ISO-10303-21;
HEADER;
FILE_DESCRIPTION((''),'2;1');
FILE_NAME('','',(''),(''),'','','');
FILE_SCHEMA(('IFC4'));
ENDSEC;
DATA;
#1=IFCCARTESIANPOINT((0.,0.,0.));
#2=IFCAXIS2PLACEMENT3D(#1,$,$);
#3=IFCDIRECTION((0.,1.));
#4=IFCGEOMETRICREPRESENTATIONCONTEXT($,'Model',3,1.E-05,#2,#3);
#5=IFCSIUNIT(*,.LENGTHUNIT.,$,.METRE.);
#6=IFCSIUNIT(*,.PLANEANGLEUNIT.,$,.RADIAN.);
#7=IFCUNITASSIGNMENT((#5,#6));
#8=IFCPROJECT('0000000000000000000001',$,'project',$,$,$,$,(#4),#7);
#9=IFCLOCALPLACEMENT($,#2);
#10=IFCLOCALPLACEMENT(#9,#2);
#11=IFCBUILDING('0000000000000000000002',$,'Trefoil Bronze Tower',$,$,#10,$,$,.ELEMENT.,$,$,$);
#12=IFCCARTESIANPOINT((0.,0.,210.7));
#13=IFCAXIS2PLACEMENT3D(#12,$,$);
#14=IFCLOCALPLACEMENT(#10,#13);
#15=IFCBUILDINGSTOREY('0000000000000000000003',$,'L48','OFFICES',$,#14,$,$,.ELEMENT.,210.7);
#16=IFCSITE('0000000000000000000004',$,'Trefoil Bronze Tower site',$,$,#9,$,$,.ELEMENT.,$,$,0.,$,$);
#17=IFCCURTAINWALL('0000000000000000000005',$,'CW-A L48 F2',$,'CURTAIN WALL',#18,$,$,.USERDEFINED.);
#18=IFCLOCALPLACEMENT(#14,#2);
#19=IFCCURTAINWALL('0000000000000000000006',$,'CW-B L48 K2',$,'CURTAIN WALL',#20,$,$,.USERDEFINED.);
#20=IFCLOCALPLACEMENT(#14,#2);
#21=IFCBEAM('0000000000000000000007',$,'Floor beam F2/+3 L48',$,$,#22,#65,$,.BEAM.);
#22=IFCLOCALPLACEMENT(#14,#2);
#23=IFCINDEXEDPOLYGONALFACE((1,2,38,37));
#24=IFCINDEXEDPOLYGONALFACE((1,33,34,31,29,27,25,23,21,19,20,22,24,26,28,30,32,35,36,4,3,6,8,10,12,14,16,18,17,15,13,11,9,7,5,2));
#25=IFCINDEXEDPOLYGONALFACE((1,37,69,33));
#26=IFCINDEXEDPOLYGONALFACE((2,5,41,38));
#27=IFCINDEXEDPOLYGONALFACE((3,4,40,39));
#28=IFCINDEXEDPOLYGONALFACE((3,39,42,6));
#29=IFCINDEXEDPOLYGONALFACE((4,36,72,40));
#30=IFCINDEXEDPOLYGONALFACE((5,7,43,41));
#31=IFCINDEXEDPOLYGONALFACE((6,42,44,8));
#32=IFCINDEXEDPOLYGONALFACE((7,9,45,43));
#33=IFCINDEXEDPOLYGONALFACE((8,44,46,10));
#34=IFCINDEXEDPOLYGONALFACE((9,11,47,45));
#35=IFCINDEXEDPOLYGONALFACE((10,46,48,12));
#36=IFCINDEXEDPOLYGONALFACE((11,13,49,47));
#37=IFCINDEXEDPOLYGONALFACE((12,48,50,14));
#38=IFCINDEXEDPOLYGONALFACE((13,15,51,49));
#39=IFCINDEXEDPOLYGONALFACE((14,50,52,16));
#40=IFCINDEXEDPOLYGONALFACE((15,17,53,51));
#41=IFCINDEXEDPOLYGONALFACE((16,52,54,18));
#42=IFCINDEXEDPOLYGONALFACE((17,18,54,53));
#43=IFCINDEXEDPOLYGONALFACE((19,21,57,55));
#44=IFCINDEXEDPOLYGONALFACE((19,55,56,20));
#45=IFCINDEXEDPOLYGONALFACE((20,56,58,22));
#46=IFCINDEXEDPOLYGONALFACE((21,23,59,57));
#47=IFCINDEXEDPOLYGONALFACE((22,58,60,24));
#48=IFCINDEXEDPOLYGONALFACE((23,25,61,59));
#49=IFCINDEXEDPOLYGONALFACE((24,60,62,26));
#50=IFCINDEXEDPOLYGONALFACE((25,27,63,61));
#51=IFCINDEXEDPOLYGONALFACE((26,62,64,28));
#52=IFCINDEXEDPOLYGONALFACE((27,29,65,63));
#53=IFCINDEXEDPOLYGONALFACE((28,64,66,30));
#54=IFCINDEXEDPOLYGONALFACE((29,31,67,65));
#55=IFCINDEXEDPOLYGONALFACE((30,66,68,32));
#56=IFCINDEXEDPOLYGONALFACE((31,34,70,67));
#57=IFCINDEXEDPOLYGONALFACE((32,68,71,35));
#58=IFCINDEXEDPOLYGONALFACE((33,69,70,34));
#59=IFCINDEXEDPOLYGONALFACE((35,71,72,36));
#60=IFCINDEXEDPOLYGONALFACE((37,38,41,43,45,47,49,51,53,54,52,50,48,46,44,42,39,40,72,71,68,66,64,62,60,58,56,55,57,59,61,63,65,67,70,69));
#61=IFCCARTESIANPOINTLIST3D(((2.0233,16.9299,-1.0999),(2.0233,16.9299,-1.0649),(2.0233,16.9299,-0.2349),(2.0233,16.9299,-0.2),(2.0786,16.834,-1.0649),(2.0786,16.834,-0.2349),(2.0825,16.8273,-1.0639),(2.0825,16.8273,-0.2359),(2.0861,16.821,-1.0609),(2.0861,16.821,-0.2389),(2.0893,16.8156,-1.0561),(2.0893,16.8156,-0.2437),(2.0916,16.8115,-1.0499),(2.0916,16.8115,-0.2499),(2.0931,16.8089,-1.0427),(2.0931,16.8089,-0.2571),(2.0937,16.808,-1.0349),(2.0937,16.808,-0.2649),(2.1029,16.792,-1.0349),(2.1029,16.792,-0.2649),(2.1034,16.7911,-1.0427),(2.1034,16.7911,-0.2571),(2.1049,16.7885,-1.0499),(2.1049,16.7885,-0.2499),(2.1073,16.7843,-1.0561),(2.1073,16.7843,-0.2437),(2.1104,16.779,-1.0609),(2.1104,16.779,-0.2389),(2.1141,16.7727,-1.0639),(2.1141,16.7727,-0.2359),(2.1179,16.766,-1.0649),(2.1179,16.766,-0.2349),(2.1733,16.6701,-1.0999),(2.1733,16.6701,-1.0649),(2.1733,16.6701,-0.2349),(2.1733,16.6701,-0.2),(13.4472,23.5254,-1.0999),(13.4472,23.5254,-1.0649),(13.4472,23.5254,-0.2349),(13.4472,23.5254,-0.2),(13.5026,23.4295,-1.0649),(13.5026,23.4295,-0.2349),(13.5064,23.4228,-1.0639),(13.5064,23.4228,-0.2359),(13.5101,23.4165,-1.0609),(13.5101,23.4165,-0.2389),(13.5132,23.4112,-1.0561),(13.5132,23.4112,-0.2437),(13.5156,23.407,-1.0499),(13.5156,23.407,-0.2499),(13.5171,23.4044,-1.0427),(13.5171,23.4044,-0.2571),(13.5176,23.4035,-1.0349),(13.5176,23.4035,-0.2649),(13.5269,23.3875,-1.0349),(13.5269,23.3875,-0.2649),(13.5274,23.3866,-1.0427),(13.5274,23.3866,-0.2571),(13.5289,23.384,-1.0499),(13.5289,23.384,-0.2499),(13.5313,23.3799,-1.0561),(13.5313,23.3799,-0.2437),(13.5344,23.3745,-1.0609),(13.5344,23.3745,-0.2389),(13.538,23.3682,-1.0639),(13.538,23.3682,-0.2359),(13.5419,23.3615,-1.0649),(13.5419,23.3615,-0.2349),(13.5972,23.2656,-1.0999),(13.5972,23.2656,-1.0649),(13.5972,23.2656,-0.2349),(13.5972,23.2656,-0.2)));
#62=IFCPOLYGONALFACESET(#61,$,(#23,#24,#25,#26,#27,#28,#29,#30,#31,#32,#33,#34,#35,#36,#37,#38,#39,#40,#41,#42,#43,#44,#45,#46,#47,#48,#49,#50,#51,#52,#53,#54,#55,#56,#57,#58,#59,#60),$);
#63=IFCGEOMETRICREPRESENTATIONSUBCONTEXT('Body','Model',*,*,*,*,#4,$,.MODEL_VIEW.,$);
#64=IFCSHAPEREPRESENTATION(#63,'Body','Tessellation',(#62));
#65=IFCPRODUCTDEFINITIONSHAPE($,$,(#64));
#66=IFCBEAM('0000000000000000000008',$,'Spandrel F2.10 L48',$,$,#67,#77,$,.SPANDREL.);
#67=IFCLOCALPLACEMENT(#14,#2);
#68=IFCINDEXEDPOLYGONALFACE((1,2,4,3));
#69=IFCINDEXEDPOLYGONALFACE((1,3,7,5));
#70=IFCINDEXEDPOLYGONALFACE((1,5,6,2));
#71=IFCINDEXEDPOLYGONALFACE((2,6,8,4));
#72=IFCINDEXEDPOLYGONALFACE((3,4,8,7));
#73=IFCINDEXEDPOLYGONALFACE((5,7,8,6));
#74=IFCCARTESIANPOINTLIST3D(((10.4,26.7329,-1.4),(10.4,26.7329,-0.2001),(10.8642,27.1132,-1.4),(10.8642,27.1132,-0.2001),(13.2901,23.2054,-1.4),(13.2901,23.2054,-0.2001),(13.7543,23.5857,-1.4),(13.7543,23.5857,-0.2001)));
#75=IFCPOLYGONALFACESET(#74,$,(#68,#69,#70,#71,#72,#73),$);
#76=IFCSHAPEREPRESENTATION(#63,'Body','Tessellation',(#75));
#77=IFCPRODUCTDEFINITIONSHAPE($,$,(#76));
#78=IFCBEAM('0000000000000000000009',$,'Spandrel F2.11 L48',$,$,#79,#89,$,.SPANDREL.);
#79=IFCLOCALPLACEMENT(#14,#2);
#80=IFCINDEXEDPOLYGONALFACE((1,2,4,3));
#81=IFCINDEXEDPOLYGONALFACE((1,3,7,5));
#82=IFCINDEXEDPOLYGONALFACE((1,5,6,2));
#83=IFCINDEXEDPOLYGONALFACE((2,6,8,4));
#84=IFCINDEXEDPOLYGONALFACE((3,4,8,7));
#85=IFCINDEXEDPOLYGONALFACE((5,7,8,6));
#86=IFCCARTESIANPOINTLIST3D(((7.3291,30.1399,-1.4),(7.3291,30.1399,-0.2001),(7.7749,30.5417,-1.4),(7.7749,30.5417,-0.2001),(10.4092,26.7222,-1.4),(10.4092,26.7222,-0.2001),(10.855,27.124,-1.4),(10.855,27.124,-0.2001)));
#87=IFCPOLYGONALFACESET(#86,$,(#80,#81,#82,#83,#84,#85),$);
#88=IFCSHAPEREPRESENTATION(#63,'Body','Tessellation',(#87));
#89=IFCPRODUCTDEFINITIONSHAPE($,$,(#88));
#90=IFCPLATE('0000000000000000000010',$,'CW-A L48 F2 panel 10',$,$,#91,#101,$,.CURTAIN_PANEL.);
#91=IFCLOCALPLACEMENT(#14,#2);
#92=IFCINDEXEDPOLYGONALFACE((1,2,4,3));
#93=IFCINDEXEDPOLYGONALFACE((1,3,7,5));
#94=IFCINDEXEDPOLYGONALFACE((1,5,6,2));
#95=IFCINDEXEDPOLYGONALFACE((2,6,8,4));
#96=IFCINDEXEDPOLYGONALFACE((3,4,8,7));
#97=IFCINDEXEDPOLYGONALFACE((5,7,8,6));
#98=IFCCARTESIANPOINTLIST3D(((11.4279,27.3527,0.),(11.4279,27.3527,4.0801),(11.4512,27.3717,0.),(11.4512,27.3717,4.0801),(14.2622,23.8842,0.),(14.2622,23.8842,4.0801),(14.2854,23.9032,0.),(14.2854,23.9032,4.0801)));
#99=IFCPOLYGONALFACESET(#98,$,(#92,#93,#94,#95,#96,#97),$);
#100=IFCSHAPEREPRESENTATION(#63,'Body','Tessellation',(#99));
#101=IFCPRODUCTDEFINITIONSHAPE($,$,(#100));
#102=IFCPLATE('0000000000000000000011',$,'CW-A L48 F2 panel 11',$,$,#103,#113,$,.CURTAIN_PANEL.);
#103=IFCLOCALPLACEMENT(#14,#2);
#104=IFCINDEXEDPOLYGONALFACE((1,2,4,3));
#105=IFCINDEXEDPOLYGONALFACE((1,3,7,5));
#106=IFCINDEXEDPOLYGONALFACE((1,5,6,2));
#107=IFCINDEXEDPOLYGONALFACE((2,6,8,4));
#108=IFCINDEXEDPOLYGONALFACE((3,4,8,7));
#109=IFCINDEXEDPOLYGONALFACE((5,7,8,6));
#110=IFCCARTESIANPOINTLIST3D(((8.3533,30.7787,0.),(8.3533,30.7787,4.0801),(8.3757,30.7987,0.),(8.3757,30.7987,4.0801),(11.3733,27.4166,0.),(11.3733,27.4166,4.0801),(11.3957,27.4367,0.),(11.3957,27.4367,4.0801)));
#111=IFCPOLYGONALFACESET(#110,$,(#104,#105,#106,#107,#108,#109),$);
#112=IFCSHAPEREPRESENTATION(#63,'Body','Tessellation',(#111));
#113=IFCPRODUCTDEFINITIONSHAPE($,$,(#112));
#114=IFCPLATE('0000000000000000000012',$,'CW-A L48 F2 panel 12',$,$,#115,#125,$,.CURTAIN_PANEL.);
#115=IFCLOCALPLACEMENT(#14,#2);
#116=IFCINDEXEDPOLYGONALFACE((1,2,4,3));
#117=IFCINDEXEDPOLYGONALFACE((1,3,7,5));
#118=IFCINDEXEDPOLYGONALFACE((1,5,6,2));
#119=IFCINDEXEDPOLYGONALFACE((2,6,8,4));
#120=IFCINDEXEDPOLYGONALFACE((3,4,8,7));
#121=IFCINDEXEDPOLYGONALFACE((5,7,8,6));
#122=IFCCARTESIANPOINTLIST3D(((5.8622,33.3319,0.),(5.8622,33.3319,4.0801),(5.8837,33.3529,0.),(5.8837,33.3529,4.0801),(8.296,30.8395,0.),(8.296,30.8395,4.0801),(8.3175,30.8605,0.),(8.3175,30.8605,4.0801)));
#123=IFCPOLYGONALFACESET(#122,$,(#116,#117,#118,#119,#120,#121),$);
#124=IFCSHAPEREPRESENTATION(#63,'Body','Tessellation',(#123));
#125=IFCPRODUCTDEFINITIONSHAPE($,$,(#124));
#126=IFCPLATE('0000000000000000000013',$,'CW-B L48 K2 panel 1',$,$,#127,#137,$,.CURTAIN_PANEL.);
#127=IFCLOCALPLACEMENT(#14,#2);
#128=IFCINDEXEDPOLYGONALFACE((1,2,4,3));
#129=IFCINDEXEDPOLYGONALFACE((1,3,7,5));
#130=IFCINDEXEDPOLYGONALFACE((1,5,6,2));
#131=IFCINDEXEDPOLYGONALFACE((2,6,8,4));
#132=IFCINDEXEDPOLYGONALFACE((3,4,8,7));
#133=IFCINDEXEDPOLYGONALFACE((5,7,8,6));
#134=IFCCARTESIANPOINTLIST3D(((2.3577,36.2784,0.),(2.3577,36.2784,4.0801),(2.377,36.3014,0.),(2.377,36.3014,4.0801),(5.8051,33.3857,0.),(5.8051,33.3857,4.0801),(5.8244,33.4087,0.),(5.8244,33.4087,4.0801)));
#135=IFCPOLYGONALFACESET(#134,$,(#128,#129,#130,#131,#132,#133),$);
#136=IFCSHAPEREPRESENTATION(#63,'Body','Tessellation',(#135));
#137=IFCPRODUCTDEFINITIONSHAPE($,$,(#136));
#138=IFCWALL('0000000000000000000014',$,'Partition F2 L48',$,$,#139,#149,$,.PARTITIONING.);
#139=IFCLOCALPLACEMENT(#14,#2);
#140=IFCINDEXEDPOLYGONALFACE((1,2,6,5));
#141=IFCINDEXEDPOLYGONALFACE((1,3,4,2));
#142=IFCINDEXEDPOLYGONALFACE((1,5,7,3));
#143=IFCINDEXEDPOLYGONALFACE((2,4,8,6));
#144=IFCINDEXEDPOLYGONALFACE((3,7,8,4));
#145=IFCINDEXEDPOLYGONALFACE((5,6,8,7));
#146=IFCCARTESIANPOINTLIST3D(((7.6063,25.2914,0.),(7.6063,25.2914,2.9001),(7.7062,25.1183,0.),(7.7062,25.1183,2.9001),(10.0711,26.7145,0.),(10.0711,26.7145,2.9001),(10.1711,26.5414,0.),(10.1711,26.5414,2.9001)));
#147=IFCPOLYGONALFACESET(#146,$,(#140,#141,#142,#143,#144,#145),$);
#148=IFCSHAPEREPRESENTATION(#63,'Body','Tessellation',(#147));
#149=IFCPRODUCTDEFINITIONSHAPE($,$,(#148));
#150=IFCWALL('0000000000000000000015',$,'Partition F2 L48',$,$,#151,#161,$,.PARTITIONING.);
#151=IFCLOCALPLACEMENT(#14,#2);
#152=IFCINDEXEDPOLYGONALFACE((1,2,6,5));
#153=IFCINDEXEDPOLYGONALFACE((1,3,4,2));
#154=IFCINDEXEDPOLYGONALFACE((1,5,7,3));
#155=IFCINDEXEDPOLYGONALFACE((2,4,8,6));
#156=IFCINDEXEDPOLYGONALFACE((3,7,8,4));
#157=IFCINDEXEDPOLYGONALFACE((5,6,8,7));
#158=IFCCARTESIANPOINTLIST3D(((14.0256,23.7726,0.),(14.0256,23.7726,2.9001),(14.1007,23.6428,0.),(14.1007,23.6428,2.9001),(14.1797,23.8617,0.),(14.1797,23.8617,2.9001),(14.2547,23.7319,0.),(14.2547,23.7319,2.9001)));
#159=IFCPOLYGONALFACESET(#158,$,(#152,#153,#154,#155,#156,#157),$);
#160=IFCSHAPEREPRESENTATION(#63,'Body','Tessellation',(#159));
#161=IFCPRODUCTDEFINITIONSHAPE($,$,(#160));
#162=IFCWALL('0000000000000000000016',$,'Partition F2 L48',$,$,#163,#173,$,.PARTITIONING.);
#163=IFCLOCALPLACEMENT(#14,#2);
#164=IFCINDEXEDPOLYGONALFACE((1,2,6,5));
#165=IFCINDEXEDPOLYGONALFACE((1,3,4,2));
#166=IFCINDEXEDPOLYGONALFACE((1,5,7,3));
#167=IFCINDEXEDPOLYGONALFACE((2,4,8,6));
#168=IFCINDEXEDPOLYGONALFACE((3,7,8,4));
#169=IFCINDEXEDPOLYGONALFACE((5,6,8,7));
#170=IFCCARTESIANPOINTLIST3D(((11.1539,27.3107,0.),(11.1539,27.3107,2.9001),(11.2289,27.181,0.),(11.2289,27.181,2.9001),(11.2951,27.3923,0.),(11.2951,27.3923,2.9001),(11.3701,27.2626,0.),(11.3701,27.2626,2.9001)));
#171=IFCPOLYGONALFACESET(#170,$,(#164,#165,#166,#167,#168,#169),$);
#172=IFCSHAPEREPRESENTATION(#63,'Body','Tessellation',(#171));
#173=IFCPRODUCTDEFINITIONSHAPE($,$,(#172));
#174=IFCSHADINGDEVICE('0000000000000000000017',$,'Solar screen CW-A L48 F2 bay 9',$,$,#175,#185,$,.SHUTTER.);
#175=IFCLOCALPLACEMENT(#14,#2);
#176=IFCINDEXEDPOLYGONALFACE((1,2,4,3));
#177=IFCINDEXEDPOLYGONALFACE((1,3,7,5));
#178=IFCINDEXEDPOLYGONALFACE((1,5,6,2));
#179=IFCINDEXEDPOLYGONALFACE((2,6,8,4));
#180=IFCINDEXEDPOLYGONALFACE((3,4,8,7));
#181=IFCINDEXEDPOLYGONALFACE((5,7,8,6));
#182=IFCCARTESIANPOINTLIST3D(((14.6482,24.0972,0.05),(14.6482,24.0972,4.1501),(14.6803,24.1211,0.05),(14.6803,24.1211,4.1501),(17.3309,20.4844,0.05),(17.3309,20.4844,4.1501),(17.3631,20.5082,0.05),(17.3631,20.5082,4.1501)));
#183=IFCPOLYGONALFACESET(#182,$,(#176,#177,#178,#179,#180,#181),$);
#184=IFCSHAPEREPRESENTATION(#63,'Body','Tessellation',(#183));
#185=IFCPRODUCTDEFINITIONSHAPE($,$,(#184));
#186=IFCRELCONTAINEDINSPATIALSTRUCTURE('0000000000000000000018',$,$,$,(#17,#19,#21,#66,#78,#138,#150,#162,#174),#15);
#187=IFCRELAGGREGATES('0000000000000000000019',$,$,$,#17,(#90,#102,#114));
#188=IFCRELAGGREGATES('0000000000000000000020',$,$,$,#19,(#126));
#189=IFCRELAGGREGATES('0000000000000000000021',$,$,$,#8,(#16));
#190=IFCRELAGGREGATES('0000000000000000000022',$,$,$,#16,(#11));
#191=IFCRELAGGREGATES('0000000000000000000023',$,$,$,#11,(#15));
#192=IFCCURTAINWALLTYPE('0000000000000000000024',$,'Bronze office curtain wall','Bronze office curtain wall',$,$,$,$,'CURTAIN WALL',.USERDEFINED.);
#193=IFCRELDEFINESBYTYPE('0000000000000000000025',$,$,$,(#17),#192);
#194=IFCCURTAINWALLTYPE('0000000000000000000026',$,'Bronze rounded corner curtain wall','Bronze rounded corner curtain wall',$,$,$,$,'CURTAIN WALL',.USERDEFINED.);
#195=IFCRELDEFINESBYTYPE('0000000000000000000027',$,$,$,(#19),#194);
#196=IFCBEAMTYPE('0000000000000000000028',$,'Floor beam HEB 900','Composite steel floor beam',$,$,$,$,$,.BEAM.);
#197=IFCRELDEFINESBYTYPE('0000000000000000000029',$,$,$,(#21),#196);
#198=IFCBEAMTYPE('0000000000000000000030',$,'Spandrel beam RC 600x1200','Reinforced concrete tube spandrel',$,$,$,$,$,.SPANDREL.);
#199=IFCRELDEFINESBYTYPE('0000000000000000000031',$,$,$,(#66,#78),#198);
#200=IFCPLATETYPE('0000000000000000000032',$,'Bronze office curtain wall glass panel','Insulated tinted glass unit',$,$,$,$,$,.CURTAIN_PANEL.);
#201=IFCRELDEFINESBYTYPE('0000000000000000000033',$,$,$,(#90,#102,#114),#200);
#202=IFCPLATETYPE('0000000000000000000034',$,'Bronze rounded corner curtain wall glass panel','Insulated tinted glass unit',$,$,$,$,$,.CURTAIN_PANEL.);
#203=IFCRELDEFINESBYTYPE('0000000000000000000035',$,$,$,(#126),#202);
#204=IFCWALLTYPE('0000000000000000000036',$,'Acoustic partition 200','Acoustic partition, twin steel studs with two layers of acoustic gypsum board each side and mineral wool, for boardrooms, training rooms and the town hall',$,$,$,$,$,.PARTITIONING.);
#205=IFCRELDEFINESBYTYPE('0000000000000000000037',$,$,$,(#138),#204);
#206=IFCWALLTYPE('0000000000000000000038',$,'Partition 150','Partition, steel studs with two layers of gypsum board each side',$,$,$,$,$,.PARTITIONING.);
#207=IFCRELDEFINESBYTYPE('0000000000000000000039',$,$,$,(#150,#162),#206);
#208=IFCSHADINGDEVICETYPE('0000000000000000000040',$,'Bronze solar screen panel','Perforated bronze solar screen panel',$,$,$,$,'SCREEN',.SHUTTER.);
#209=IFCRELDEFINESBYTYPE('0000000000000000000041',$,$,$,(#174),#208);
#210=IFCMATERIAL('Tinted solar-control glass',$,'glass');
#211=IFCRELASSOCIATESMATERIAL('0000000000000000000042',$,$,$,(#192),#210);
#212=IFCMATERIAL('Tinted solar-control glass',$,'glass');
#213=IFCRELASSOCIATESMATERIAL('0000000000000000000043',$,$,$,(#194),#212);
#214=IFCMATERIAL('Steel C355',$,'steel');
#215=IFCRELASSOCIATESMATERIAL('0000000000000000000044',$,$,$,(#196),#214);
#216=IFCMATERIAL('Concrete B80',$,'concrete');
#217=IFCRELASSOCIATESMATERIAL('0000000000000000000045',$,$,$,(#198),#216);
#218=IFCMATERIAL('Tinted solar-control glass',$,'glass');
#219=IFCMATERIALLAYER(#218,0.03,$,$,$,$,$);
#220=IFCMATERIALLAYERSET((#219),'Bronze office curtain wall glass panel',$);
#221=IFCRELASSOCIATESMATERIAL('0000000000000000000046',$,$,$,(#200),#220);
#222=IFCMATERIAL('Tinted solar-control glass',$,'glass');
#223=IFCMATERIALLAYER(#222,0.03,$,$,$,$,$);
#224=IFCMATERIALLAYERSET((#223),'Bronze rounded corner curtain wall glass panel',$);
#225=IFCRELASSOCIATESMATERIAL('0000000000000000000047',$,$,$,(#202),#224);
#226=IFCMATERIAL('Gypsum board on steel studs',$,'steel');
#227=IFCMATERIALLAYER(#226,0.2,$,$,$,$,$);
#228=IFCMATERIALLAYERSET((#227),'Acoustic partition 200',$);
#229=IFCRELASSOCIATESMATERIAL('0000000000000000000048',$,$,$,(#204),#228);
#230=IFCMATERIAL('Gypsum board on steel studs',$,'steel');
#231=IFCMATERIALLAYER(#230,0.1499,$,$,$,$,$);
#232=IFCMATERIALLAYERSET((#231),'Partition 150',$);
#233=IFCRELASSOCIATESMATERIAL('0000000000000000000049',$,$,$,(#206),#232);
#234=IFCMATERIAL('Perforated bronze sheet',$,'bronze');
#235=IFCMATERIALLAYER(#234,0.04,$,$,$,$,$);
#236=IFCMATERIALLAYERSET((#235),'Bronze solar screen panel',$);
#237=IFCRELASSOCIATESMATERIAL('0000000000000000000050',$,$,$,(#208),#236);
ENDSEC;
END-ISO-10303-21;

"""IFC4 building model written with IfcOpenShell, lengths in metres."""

from ifc_helpers import new_model, si_unit, direction, frame, frame_2d, origin, origin_2d, place, context, subcontext, project, spatial, rectangle, i_section, extrude, material, layer, layer_set, material_profile, profile_set, type_object, element, aggregate, save


model = new_model("IFC4")

# Units and contexts
model_context = context("Model", 3, precision=1e-05, world=origin(), true_north=direction((0.0, 1.0)))
body_context = subcontext(model_context, "Body", "Model", "MODEL_VIEW")
ifc_project = project(units=[si_unit("LENGTHUNIT", "METRE"), si_unit("PLANEANGLEUNIT", "RADIAN")], contexts=[model_context])

# Site, building, storey
site_placement = place(None, origin())
site = spatial("IfcSite", under=ifc_project, at=site_placement, Name="Trefoil Bronze Tower site", CompositionType="ELEMENT", RefElevation=0.0)
building_placement = place(site_placement, origin())
building = spatial("IfcBuilding", under=site, at=building_placement, Name="Trefoil Bronze Tower", CompositionType="ELEMENT")
storey_placement = place(building_placement, frame((0.0, 0.0, 210.7)))
storey = spatial("IfcBuildingStorey", under=building, at=storey_placement, Name="L48", Description="OFFICES", CompositionType="ELEMENT", Elevation=210.7)

# Curtain walls
ifc_material_1 = material(Name="Tinted solar-control glass", Category="glass")
curtain_wall_type_1 = type_object("IfcCurtainWallType", Name="Bronze office curtain wall", Description="Bronze office curtain wall", ElementType="CURTAIN WALL", PredefinedType="USERDEFINED", material=ifc_material_1)
curtain_wall_1_placement = place(storey_placement, origin())
curtain_wall_1 = element("IfcCurtainWall", 1, at=curtain_wall_1_placement, inside=storey, type_object=curtain_wall_type_1, Name="CW-A L48 F2", ObjectType="CURTAIN WALL", PredefinedType="USERDEFINED")
ifc_material_2 = material(Name="Tinted solar-control glass", Category="glass")
curtain_wall_type_2 = type_object("IfcCurtainWallType", Name="Bronze rounded corner curtain wall", Description="Bronze rounded corner curtain wall", ElementType="CURTAIN WALL", PredefinedType="USERDEFINED", material=ifc_material_2)
curtain_wall_2_placement = place(storey_placement, origin())
curtain_wall_2 = element("IfcCurtainWall", 2, at=curtain_wall_2_placement, inside=storey, type_object=curtain_wall_type_2, Name="CW-B L48 K2", ObjectType="CURTAIN WALL", PredefinedType="USERDEFINED")

# Beams
ifc_material_3 = material(Name="Steel C355", Category="steel")
ifc_material_profile_1 = material_profile(ifc_material_3, i_section(OverallWidth=0.3, OverallDepth=0.8999, WebThickness=0.0186, FlangeThickness=0.0349, FilletRadius=0.03, at=origin_2d()), Name="HEB 900")
ifc_profile_set_1 = profile_set([ifc_material_profile_1], Name="Steel C355")
beam_type_1 = type_object("IfcBeamType", Name="Floor beam HEB 900", Description="Composite steel floor beam", PredefinedType="BEAM", material=ifc_profile_set_1)
beam_1_placement = place(storey_placement, frame((13.5222, 23.3955, -0.6499), z_axis=(-0.866028, -0.499995, 0.0), x_axis=(0.499995, -0.866028, 0.0)))
element("IfcBeam", 3, at=beam_1_placement, inside=storey, type_object=beam_type_1, Name="Floor beam F2/+3 L48", PredefinedType="BEAM", context=body_context, shape_type="SweptSolid", body=[
    extrude(i_section(OverallWidth=0.3, OverallDepth=0.8999, WebThickness=0.0186, FlangeThickness=0.0349, FilletRadius=0.03, at=origin_2d()), origin(), (0.0, 0.0, 1.0), 13.1912),
])
ifc_material_4 = material(Name="Concrete B80", Category="concrete")
ifc_material_profile_2 = material_profile(ifc_material_4, rectangle(XDim=0.6001, YDim=1.2, at=origin_2d()), Name="RC 600x1200")
ifc_profile_set_2 = profile_set([ifc_material_profile_2], Name="Concrete B80")
beam_type_2 = type_object("IfcBeamType", Name="Spandrel beam RC 600x1200", Description="Reinforced concrete tube spandrel", PredefinedType="SPANDREL", material=ifc_profile_set_2)
beam_2_placement = place(storey_placement, frame((13.5222, 23.3955, -0.8), z_axis=(-0.633754, 0.773535, 0.0), x_axis=(-0.773535, -0.633754, 0.0)))
element("IfcBeam", 4, at=beam_2_placement, inside=storey, type_object=beam_type_2, Name="Spandrel F2.10 L48", PredefinedType="SPANDREL", context=body_context, shape_type="SweptSolid", body=[
    extrude(rectangle(XDim=0.6001, YDim=1.2, at=origin_2d()), origin(), (0.0, 0.0, 1.0), 4.5603),
])
beam_3_placement = place(storey_placement, frame((10.6321, 26.9231, -0.8), z_axis=(-0.66946, 0.742848, 0.0), x_axis=(-0.742848, -0.66946, 0.0)))
element("IfcBeam", 5, at=beam_3_placement, inside=storey, type_object=beam_type_2, Name="Spandrel F2.11 L48", PredefinedType="SPANDREL", context=body_context, shape_type="SweptSolid", body=[
    extrude(rectangle(XDim=0.6001, YDim=1.2, at=origin_2d()), origin(), (0.0, 0.0, 1.0), 4.6008),
])

# Plates
ifc_material_5 = material(Name="Tinted solar-control glass", Category="glass")
ifc_layer_1 = layer(ifc_material_5, 0.03)
ifc_layer_set_1 = layer_set([ifc_layer_1], Name="Bronze office curtain wall glass panel")
plate_type_1 = type_object("IfcPlateType", Name="Bronze office curtain wall glass panel", Description="Insulated tinted glass unit", PredefinedType="CURTAIN_PANEL", material=ifc_layer_set_1)
plate_1_placement = place(storey_placement, frame((12.8567, 25.6279, 0.0), z_axis=(0.0, 0.0, 1.0), x_axis=(-0.632753, 0.774354, 0.0)))
plate_1 = element("IfcPlate", 6, at=plate_1_placement, type_object=plate_type_1, Name="CW-A L48 F2 panel 10", PredefinedType="CURTAIN_PANEL", context=body_context, shape_type="SweptSolid", body=[
    extrude(rectangle(XDim=4.4792, YDim=0.03, at=origin_2d()), origin(), (0.0, 0.0, 1.0), 4.0801),
])
plate_2_placement = place(storey_placement, frame((9.8745, 29.1077, 0.0), z_axis=(0.0, 0.0, 1.0), x_axis=(-0.668246, 0.743941, 0.0)))
plate_2 = element("IfcPlate", 7, at=plate_2_placement, type_object=plate_type_1, Name="CW-A L48 F2 panel 11", PredefinedType="CURTAIN_PANEL", context=body_context, shape_type="SweptSolid", body=[
    extrude(rectangle(XDim=4.5193, YDim=0.03, at=origin_2d()), origin(), (0.0, 0.0, 1.0), 4.0801),
])
plate_3_placement = place(storey_placement, frame((7.0898, 32.0962, 0.0), z_axis=(0.0, 0.0, 1.0), x_axis=(-0.698652, 0.715462, 0.0)))
plate_3 = element("IfcPlate", 8, at=plate_3_placement, type_object=plate_type_1, Name="CW-A L48 F2 panel 12", PredefinedType="CURTAIN_PANEL", context=body_context, shape_type="SweptSolid", body=[
    extrude(rectangle(XDim=3.4836, YDim=0.03, at=origin_2d()), origin(), (0.0, 0.0, 1.0), 4.0801),
])
aggregate(curtain_wall_1, [plate_1, plate_2, plate_3])
ifc_material_6 = material(Name="Tinted solar-control glass", Category="glass")
ifc_layer_2 = layer(ifc_material_6, 0.03)
ifc_layer_set_2 = layer_set([ifc_layer_2], Name="Bronze rounded corner curtain wall glass panel")
plate_type_2 = type_object("IfcPlateType", Name="Bronze rounded corner curtain wall glass panel", Description="Insulated tinted glass unit", PredefinedType="CURTAIN_PANEL", material=ifc_layer_set_2)
plate_4_placement = place(storey_placement, frame((4.0911, 34.8435, 0.0), z_axis=(0.0, 0.0, 1.0), x_axis=(-0.766044, 0.642788, 0.0)))
plate_4 = element("IfcPlate", 9, at=plate_4_placement, type_object=plate_type_2, Name="CW-B L48 K2 panel 1", PredefinedType="CURTAIN_PANEL", context=body_context, shape_type="SweptSolid", body=[
    extrude(rectangle(XDim=4.5002, YDim=0.03, at=origin_2d()), origin(), (0.0, 0.0, 1.0), 4.0801),
])
aggregate(curtain_wall_2, [plate_4])

# Walls
ifc_material_7 = material(Name="Gypsum board on steel studs", Category="steel")
ifc_layer_3 = layer(ifc_material_7, 0.2)
ifc_layer_set_3 = layer_set([ifc_layer_3], Name="Acoustic partition 200")
wall_type_1 = type_object("IfcWallType", Name="Acoustic partition 200", Description="Acoustic partition, twin steel studs with two layers of acoustic gypsum board each side and mineral wool, for boardrooms, training rooms and the town hall", PredefinedType="PARTITIONING", material=ifc_layer_set_3)
wall_1_placement = place(storey_placement, frame((7.6562, 25.2048, 0.0), z_axis=(0.0, 0.0, 1.0), x_axis=(0.866023, 0.500005, 0.0)))
element("IfcWall", 10, at=wall_1_placement, inside=storey, type_object=wall_type_1, Name="Partition F2 L48", PredefinedType="PARTITIONING", context=body_context, shape_type="SweptSolid", body=[
    extrude(rectangle(XDim=2.8462, YDim=0.2, at=frame_2d((1.4231, 0.0))), origin(), (0.0, 0.0, 1.0), 2.9001),
])
ifc_material_8 = material(Name="Gypsum board on steel studs", Category="steel")
ifc_layer_4 = layer(ifc_material_8, 0.1499)
ifc_layer_set_4 = layer_set([ifc_layer_4], Name="Partition 150")
wall_type_2 = type_object("IfcWallType", Name="Partition 150", Description="Partition, steel studs with two layers of gypsum board each side", PredefinedType="PARTITIONING", material=ifc_layer_set_4)
wall_2_placement = place(storey_placement, frame((14.0632, 23.7078, 0.0), z_axis=(0.0, 0.0, 1.0), x_axis=(0.865614, 0.500712, 0.0)))
element("IfcWall", 11, at=wall_2_placement, inside=storey, type_object=wall_type_2, Name="Partition F2 L48", PredefinedType="PARTITIONING", context=body_context, shape_type="SweptSolid", body=[
    extrude(rectangle(XDim=0.178, YDim=0.1499, at=frame_2d((0.0889, 0.0))), origin(), (0.0, 0.0, 1.0), 2.9001),
])
wall_3_placement = place(storey_placement, frame((11.1914, 27.2458, 0.0), z_axis=(0.0, 0.0, 1.0), x_axis=(0.865836, 0.500328, 0.0)))
element("IfcWall", 12, at=wall_3_placement, inside=storey, type_object=wall_type_2, Name="Partition F2 L48", PredefinedType="PARTITIONING", context=body_context, shape_type="SweptSolid", body=[
    extrude(rectangle(XDim=0.1631, YDim=0.1499, at=frame_2d((0.0815, 0.0))), origin(), (0.0, 0.0, 1.0), 2.9001),
])

# Shading device
ifc_material_9 = material(Name="Perforated bronze sheet", Category="bronze")
ifc_layer_5 = layer(ifc_material_9, 0.04)
ifc_layer_set_5 = layer_set([ifc_layer_5], Name="Bronze solar screen panel")
shading_device_type = type_object("IfcShadingDeviceType", Name="Bronze solar screen panel", Description="Perforated bronze solar screen panel", ElementType="SCREEN", PredefinedType="SHUTTER", material=ifc_layer_set_5)
shading_device_1_placement = place(storey_placement, frame((16.0056, 22.3027, 0.05), z_axis=(0.0, 0.0, 1.0), x_axis=(-0.596162, 0.802865, 0.0)))
element("IfcShadingDevice", 13, at=shading_device_1_placement, inside=storey, type_object=shading_device_type, Name="Solar screen CW-A L48 F2 bay 9", PredefinedType="SHUTTER", context=body_context, shape_type="SweptSolid", body=[
    extrude(rectangle(XDim=4.5, YDim=0.04, at=origin_2d()), origin(), (0.0, 0.0, 1.0), 4.1001),
])

save(model, "model.ifc")
